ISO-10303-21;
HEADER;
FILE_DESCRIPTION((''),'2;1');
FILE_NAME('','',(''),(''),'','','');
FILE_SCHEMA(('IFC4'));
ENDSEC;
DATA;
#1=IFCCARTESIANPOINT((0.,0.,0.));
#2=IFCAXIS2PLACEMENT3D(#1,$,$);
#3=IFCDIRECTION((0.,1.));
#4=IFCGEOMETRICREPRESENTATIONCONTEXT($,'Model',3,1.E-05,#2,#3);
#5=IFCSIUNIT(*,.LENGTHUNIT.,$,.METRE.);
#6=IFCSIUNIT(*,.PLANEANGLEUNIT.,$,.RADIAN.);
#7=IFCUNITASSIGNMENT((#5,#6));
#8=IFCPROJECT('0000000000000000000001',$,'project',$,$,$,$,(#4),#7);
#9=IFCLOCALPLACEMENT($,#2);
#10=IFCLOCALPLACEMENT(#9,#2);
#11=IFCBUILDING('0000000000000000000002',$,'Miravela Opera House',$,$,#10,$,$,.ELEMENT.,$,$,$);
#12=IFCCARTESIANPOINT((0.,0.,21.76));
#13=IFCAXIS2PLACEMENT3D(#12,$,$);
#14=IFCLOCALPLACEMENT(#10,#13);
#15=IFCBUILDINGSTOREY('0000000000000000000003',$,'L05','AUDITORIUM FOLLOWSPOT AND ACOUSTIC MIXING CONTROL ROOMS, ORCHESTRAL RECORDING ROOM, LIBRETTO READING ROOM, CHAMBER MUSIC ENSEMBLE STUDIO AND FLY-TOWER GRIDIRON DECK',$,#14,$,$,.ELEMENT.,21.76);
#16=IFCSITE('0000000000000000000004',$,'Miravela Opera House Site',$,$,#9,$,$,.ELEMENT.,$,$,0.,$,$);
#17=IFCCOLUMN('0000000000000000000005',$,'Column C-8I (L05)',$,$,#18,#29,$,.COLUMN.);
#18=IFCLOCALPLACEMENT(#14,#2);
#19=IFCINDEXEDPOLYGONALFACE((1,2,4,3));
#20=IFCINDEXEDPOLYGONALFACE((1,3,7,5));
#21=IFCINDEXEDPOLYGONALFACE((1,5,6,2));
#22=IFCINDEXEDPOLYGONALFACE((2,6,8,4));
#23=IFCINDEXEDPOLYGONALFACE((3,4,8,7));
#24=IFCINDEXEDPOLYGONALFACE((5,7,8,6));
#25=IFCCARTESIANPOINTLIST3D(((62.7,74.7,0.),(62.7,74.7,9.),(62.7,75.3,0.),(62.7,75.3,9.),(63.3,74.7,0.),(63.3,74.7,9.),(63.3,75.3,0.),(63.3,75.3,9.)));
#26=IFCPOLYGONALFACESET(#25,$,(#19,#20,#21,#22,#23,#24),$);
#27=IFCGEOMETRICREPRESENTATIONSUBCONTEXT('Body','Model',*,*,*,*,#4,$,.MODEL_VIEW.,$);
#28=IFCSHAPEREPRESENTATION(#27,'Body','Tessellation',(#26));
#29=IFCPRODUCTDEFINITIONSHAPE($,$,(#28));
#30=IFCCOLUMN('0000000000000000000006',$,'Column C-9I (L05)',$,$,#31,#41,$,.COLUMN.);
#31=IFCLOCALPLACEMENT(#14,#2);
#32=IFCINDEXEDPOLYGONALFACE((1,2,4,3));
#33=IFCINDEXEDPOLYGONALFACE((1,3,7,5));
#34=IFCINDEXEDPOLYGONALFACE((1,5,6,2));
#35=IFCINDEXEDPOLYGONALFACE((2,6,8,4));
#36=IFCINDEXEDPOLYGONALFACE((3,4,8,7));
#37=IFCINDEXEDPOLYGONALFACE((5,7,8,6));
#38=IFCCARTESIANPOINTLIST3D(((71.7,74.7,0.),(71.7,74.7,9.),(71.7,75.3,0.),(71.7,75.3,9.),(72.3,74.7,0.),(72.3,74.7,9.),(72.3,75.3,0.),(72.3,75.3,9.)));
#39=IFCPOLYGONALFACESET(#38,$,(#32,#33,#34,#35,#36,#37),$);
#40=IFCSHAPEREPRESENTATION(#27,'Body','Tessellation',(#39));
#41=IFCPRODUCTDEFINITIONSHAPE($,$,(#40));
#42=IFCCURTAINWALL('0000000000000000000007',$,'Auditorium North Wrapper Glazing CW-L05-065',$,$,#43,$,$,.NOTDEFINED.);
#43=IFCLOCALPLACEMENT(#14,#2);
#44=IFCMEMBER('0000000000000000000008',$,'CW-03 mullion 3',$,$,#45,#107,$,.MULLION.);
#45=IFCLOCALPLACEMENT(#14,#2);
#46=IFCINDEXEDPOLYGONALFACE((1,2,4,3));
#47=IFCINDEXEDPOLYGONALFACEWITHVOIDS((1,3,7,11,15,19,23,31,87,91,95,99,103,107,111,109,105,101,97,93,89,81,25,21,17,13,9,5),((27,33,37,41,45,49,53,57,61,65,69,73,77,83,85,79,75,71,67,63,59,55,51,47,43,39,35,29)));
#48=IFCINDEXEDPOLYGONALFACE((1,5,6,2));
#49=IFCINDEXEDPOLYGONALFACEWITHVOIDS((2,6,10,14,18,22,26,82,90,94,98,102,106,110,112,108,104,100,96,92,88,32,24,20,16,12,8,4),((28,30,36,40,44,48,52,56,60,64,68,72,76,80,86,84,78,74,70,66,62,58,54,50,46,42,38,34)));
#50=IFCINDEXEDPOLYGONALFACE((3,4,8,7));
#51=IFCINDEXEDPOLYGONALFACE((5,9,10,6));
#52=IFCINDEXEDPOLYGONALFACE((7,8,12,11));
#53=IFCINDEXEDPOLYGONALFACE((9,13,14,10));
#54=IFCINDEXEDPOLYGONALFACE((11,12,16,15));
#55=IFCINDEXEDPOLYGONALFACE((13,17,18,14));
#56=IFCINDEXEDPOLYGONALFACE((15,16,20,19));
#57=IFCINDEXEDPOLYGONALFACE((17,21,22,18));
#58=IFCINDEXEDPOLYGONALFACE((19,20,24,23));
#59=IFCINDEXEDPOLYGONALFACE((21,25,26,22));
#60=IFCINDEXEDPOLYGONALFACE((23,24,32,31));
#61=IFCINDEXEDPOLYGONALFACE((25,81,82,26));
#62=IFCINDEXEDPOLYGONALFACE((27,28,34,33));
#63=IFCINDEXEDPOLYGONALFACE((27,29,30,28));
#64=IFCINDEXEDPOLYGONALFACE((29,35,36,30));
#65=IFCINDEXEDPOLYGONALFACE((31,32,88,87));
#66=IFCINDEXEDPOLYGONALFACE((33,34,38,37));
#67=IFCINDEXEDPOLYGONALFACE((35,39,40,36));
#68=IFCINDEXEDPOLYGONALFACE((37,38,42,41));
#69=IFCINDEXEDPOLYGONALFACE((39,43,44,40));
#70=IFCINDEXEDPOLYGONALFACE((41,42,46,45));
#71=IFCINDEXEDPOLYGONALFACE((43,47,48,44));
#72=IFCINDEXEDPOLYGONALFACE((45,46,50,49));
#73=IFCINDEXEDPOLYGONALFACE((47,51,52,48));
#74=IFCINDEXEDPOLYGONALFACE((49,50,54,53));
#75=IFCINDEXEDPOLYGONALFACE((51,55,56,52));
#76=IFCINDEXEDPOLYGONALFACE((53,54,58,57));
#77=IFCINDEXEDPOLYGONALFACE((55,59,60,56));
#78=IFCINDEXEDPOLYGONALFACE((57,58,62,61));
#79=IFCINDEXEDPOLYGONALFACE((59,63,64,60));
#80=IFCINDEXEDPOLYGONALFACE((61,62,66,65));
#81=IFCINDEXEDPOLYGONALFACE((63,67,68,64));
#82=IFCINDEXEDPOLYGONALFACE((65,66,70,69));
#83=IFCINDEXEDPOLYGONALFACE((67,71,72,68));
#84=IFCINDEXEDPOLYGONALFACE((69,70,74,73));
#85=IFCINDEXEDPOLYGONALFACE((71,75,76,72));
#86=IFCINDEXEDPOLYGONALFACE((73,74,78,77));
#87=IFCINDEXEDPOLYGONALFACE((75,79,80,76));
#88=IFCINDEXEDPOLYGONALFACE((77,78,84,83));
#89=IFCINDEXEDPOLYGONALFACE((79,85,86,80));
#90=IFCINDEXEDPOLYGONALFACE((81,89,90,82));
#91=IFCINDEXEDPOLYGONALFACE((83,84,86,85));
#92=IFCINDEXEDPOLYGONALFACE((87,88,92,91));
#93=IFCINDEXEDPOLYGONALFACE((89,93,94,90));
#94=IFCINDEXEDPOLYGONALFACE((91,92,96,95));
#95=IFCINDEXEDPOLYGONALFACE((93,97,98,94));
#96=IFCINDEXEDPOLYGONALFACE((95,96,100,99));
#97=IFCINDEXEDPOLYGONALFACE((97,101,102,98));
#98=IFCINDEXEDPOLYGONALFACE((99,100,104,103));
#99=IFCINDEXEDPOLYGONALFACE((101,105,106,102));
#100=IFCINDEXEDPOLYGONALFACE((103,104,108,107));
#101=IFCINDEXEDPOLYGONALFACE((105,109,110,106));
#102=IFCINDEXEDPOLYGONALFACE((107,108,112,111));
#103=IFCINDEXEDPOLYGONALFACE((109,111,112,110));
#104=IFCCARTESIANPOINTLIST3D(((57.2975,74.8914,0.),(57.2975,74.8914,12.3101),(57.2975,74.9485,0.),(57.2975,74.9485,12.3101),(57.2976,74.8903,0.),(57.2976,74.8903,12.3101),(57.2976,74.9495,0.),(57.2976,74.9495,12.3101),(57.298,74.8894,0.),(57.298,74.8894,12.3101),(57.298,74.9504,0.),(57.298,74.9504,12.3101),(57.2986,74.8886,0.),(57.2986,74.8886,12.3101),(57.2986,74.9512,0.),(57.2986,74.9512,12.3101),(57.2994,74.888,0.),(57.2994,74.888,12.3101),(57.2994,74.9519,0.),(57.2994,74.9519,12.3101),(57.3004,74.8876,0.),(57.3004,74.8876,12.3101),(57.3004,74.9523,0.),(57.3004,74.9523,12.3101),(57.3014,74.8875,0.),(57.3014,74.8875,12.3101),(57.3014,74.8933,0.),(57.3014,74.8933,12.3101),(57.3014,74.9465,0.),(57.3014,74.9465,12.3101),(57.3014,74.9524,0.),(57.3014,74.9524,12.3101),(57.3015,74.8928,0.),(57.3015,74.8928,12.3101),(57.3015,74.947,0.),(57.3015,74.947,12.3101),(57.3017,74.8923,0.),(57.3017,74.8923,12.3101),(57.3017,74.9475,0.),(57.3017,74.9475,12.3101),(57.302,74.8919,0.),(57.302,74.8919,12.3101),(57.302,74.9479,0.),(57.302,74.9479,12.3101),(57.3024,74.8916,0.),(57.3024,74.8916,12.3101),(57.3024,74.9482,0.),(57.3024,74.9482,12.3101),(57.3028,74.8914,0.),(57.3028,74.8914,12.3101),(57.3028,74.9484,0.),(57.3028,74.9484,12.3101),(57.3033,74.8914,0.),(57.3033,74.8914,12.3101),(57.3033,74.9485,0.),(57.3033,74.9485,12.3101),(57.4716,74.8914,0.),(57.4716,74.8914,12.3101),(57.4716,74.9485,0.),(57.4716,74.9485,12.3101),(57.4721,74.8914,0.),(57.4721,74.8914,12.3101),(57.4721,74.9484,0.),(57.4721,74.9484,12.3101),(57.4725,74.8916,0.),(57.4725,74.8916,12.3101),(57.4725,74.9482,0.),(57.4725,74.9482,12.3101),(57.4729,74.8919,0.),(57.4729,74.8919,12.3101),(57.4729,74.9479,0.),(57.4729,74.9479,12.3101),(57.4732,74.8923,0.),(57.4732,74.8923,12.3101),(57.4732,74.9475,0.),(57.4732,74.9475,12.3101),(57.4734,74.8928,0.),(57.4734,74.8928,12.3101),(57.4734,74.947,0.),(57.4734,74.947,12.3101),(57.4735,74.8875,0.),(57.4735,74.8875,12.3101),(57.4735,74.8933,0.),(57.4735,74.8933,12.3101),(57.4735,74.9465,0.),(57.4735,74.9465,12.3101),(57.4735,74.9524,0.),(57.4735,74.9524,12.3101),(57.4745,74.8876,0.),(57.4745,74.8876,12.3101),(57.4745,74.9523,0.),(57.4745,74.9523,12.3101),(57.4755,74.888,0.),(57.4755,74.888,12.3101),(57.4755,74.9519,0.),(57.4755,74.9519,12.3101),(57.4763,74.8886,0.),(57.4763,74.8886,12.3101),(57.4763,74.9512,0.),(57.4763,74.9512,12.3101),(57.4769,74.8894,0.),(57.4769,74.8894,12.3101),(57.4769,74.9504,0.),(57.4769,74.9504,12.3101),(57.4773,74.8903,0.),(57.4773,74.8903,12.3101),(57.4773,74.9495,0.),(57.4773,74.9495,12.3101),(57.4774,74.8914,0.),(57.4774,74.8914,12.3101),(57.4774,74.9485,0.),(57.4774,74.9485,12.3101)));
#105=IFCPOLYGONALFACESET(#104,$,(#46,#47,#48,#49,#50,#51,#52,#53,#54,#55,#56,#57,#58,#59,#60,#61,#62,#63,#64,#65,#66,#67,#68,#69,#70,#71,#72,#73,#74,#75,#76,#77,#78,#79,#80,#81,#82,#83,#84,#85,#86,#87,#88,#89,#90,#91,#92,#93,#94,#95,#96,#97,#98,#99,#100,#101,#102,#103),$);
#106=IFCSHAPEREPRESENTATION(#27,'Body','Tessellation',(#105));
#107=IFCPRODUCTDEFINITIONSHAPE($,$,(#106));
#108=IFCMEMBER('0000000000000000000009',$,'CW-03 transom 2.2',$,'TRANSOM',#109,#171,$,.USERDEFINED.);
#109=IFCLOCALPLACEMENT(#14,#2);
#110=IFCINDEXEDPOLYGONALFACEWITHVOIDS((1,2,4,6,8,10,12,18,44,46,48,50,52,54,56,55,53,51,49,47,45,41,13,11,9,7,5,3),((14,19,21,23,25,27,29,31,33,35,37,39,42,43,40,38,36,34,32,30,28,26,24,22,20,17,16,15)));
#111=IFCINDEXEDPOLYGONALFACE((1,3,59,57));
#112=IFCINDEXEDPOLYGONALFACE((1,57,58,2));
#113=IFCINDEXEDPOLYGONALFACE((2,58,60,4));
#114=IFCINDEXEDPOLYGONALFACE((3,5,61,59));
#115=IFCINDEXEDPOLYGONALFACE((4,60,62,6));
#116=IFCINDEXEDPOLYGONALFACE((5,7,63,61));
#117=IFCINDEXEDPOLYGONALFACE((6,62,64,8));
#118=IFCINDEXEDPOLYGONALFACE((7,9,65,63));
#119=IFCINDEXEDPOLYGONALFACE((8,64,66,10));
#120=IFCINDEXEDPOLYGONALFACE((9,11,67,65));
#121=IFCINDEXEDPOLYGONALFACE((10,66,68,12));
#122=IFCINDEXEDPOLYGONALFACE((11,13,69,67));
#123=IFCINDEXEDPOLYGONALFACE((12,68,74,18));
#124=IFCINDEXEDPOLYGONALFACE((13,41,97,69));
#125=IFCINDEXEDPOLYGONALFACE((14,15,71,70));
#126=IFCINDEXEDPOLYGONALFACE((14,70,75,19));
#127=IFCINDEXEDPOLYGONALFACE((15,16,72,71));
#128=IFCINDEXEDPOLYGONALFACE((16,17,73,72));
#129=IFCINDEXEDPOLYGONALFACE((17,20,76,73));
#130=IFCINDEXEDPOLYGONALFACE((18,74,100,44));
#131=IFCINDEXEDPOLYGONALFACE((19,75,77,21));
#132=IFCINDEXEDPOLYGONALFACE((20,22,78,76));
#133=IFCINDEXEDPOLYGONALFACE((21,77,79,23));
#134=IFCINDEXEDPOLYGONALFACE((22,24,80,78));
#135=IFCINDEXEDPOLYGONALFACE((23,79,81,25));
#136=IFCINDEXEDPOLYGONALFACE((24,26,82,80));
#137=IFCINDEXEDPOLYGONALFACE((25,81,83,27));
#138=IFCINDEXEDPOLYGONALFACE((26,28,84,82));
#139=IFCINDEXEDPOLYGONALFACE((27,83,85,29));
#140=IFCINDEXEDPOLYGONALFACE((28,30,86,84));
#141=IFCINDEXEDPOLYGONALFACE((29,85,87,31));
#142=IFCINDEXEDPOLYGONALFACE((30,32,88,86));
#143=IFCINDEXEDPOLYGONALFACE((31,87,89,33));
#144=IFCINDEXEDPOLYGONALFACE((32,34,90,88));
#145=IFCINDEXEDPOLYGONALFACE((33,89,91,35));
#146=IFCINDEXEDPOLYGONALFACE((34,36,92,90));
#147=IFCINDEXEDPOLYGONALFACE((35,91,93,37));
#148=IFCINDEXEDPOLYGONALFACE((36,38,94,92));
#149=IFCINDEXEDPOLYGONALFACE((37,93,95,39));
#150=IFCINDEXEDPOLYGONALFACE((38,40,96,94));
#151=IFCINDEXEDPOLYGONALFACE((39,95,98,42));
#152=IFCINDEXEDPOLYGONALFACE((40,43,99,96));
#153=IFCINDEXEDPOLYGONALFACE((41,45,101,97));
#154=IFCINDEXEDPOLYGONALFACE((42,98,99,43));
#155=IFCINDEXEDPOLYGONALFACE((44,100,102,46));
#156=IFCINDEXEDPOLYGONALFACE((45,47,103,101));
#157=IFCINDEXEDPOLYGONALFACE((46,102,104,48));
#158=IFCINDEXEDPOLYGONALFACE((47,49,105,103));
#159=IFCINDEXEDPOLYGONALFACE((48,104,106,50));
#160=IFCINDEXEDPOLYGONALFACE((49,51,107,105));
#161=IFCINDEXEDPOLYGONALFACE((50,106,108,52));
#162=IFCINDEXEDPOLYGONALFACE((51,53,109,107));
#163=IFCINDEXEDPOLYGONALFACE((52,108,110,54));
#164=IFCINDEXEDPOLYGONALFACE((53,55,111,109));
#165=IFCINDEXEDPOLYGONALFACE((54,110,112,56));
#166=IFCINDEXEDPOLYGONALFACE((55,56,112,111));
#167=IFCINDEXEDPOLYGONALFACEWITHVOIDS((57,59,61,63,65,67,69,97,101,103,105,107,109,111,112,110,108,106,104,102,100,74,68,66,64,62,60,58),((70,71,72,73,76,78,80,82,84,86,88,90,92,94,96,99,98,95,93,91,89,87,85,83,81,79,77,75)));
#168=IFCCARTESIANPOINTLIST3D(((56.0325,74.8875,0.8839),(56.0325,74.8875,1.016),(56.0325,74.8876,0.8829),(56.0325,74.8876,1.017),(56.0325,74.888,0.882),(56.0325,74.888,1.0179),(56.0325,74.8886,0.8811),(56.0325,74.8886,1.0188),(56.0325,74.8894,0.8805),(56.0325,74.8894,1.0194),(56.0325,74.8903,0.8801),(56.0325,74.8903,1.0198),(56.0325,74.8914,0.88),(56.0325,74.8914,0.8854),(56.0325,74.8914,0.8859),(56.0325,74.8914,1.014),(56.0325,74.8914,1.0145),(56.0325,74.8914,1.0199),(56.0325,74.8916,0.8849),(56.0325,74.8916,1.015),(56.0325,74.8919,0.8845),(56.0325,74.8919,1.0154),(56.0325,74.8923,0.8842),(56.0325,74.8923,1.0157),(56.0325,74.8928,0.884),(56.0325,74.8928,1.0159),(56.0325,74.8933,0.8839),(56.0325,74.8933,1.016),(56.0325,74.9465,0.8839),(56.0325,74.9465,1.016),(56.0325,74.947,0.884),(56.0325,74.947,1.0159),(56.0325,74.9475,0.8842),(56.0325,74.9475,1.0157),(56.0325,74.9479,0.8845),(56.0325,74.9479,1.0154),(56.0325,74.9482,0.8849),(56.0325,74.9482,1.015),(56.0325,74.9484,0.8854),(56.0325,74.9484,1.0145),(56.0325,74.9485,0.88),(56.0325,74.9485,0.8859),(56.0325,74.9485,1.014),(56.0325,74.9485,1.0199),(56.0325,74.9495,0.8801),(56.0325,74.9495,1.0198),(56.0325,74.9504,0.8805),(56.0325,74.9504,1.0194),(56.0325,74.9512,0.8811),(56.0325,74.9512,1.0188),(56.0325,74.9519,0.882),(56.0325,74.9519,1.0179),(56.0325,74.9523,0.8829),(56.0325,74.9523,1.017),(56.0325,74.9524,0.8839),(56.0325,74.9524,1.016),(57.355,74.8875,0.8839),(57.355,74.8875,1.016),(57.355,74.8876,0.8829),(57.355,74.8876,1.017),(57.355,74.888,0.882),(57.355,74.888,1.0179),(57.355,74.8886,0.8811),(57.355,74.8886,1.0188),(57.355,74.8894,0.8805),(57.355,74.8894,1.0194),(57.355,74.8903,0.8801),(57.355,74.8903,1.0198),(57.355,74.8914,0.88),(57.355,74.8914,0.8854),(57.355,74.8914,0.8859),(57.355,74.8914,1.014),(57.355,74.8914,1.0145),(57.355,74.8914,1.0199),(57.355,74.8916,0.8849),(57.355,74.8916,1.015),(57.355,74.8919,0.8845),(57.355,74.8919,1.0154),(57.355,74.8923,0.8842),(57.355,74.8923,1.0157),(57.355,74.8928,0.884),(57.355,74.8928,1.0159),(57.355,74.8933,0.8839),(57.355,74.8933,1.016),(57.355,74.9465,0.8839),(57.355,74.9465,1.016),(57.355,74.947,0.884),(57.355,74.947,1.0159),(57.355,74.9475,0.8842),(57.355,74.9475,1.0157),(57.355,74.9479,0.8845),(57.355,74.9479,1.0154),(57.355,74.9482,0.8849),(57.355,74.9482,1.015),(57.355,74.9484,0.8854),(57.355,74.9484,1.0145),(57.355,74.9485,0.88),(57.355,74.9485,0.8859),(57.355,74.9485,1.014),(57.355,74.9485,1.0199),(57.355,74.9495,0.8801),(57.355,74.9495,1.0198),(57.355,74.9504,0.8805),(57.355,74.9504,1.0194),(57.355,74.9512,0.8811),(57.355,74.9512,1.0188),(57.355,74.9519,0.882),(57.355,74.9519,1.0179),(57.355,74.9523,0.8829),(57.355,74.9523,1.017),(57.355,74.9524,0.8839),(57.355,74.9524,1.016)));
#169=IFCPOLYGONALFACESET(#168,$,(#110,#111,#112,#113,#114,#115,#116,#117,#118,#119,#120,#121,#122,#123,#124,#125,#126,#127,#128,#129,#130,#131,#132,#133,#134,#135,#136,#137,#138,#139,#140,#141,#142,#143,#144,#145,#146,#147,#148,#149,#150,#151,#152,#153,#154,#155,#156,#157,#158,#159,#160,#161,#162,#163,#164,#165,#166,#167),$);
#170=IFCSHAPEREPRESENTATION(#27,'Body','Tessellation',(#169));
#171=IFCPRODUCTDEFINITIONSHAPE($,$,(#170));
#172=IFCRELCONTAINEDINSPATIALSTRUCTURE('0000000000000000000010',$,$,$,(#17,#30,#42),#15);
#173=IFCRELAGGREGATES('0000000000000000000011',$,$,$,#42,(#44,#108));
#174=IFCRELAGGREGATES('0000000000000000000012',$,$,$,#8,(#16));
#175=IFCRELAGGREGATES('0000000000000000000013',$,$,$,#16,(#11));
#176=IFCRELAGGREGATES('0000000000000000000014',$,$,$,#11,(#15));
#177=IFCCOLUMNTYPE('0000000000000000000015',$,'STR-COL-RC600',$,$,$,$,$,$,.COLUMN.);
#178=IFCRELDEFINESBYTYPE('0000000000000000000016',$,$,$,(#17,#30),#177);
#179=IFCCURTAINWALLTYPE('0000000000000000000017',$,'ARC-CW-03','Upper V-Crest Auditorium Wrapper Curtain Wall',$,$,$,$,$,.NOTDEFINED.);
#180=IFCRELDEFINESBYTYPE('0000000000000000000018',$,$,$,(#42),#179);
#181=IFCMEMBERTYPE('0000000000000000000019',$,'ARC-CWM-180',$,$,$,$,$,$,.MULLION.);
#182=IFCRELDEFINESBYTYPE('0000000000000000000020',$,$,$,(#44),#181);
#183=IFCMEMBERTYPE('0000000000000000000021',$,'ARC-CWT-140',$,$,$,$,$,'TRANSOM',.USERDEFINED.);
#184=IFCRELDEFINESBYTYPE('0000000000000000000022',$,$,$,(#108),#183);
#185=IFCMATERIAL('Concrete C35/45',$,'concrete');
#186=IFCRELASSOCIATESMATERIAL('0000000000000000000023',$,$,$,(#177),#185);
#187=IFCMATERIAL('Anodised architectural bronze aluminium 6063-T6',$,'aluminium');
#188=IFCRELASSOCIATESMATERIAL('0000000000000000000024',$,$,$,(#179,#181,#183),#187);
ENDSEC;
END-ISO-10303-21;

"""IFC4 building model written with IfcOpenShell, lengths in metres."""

from ifc_helpers import new_model, si_unit, direction, frame, origin, origin_2d, place, context, subcontext, project, spatial, rectangle, hollow_rectangle, extrude, material, material_profile, profile_set, type_object, element, aggregate, save


model = new_model("IFC4")

# Units and contexts
model_context = context("Model", 3, precision=1e-05, world=origin(), true_north=direction((0.0, 1.0)))
body_context = subcontext(model_context, "Body", "Model", "MODEL_VIEW")
ifc_project = project(units=[si_unit("LENGTHUNIT", "METRE"), si_unit("PLANEANGLEUNIT", "RADIAN")], contexts=[model_context])

# Site, building, storey
site_placement = place(None, origin())
site = spatial("IfcSite", under=ifc_project, at=site_placement, Name="Miravela Opera House Site", CompositionType="ELEMENT", RefElevation=0.0)
building_placement = place(site_placement, origin())
building = spatial("IfcBuilding", under=site, at=building_placement, Name="Miravela Opera House", CompositionType="ELEMENT")
storey_placement = place(building_placement, frame((0.0, 0.0, 21.76)))
storey = spatial("IfcBuildingStorey", under=building, at=storey_placement, Name="L05", Description="AUDITORIUM FOLLOWSPOT AND ACOUSTIC MIXING CONTROL ROOMS, ORCHESTRAL RECORDING ROOM, LIBRETTO READING ROOM, CHAMBER MUSIC ENSEMBLE STUDIO AND FLY-TOWER GRIDIRON DECK", CompositionType="ELEMENT", Elevation=21.76)

# Columns
ifc_material_1 = material(Name="Concrete C35/45", Category="concrete")
ifc_material_profile_1 = material_profile(ifc_material_1, rectangle(XDim=0.6001, YDim=0.6001, at=origin_2d()), Name="RC-COL-600X600")
ifc_profile_set_1 = profile_set([ifc_material_profile_1])
column_type = type_object("IfcColumnType", Name="STR-COL-RC600", PredefinedType="COLUMN", material=ifc_profile_set_1)
for number, where, z_axis, x_axis, name in (
    (1, (63.0, 75.0, 0.0), (0.0, 0.0, 1.0), (1.0, 0.0, 0.0), "Column C-8I (L05)"),
    (2, (72.0, 75.0, 0.0), (0.0, 0.0, 1.0), (1.0, 0.0, 0.0), "Column C-9I (L05)"),
):
    element("IfcColumn", number, at=place(storey_placement, frame(where, z_axis=z_axis, x_axis=x_axis)), inside=storey, type_object=column_type, Name=name, PredefinedType="COLUMN", context=body_context, shape_type="SweptSolid", body=[
        extrude(rectangle(XDim=0.6001, YDim=0.6001, at=origin_2d()), origin(), (0.0, 0.0, 1.0), 9.0),
    ])

# Curtain wall, members
ifc_material_2 = material(Name="Anodised architectural bronze aluminium 6063-T6", Category="aluminium")
curtain_wall_type = type_object("IfcCurtainWallType", Name="ARC-CW-03", Description="Upper V-Crest Auditorium Wrapper Curtain Wall", PredefinedType="NOTDEFINED", material=ifc_material_2)
curtain_wall_placement = place(storey_placement, origin())
curtain_wall = element("IfcCurtainWall", 3, at=curtain_wall_placement, inside=storey, type_object=curtain_wall_type, Name="Auditorium North Wrapper Glazing CW-L05-065", PredefinedType="NOTDEFINED")
ifc_material_profile_2 = material_profile(ifc_material_2, hollow_rectangle(XDim=0.0649, YDim=0.1799, WallThickness=0.0039, InnerFilletRadius=0.002, OuterFilletRadius=0.0039, at=origin_2d()), Name="CWM-65X180")
ifc_profile_set_2 = profile_set([ifc_material_profile_2])
member_type_1 = type_object("IfcMemberType", Name="ARC-CWM-180", PredefinedType="MULLION", material=ifc_profile_set_2)
member_1_placement = place(storey_placement, frame((57.3875, 74.9199, 0.0), z_axis=(0.0, 0.0, 1.0), x_axis=(0.0, 1.0, 0.0)))
member_1 = element("IfcMember", 4, at=member_1_placement, type_object=member_type_1, Name="CW-03 mullion 3", PredefinedType="MULLION", context=body_context, shape_type="SweptSolid", body=[
    extrude(hollow_rectangle(XDim=0.0649, YDim=0.1799, WallThickness=0.0039, InnerFilletRadius=0.002, OuterFilletRadius=0.0039, at=origin_2d()), origin(), (0.0, 0.0, 1.0), 12.3101),
])
ifc_material_profile_3 = material_profile(ifc_material_2, hollow_rectangle(XDim=0.0649, YDim=0.1399, WallThickness=0.0039, InnerFilletRadius=0.002, OuterFilletRadius=0.0039, at=origin_2d()), Name="CWT-65X140")
ifc_profile_set_3 = profile_set([ifc_material_profile_3])
member_type_2 = type_object("IfcMemberType", Name="ARC-CWT-140", ElementType="TRANSOM", PredefinedType="USERDEFINED", material=ifc_profile_set_3)
member_2_placement = place(storey_placement, frame((56.0325, 74.9199, 0.95), z_axis=(1.0, 0.0, 0.0), x_axis=(0.0, 1.0, 0.0)))
member_2 = element("IfcMember", 5, at=member_2_placement, type_object=member_type_2, Name="CW-03 transom 2.2", ObjectType="TRANSOM", PredefinedType="USERDEFINED", context=body_context, shape_type="SweptSolid", body=[
    extrude(hollow_rectangle(XDim=0.0649, YDim=0.1399, WallThickness=0.0039, InnerFilletRadius=0.002, OuterFilletRadius=0.0039, at=origin_2d()), origin(), (0.0, 0.0, 1.0), 1.3225),
])

aggregate(curtain_wall, [member_1, member_2])

save(model, "model.ifc")
